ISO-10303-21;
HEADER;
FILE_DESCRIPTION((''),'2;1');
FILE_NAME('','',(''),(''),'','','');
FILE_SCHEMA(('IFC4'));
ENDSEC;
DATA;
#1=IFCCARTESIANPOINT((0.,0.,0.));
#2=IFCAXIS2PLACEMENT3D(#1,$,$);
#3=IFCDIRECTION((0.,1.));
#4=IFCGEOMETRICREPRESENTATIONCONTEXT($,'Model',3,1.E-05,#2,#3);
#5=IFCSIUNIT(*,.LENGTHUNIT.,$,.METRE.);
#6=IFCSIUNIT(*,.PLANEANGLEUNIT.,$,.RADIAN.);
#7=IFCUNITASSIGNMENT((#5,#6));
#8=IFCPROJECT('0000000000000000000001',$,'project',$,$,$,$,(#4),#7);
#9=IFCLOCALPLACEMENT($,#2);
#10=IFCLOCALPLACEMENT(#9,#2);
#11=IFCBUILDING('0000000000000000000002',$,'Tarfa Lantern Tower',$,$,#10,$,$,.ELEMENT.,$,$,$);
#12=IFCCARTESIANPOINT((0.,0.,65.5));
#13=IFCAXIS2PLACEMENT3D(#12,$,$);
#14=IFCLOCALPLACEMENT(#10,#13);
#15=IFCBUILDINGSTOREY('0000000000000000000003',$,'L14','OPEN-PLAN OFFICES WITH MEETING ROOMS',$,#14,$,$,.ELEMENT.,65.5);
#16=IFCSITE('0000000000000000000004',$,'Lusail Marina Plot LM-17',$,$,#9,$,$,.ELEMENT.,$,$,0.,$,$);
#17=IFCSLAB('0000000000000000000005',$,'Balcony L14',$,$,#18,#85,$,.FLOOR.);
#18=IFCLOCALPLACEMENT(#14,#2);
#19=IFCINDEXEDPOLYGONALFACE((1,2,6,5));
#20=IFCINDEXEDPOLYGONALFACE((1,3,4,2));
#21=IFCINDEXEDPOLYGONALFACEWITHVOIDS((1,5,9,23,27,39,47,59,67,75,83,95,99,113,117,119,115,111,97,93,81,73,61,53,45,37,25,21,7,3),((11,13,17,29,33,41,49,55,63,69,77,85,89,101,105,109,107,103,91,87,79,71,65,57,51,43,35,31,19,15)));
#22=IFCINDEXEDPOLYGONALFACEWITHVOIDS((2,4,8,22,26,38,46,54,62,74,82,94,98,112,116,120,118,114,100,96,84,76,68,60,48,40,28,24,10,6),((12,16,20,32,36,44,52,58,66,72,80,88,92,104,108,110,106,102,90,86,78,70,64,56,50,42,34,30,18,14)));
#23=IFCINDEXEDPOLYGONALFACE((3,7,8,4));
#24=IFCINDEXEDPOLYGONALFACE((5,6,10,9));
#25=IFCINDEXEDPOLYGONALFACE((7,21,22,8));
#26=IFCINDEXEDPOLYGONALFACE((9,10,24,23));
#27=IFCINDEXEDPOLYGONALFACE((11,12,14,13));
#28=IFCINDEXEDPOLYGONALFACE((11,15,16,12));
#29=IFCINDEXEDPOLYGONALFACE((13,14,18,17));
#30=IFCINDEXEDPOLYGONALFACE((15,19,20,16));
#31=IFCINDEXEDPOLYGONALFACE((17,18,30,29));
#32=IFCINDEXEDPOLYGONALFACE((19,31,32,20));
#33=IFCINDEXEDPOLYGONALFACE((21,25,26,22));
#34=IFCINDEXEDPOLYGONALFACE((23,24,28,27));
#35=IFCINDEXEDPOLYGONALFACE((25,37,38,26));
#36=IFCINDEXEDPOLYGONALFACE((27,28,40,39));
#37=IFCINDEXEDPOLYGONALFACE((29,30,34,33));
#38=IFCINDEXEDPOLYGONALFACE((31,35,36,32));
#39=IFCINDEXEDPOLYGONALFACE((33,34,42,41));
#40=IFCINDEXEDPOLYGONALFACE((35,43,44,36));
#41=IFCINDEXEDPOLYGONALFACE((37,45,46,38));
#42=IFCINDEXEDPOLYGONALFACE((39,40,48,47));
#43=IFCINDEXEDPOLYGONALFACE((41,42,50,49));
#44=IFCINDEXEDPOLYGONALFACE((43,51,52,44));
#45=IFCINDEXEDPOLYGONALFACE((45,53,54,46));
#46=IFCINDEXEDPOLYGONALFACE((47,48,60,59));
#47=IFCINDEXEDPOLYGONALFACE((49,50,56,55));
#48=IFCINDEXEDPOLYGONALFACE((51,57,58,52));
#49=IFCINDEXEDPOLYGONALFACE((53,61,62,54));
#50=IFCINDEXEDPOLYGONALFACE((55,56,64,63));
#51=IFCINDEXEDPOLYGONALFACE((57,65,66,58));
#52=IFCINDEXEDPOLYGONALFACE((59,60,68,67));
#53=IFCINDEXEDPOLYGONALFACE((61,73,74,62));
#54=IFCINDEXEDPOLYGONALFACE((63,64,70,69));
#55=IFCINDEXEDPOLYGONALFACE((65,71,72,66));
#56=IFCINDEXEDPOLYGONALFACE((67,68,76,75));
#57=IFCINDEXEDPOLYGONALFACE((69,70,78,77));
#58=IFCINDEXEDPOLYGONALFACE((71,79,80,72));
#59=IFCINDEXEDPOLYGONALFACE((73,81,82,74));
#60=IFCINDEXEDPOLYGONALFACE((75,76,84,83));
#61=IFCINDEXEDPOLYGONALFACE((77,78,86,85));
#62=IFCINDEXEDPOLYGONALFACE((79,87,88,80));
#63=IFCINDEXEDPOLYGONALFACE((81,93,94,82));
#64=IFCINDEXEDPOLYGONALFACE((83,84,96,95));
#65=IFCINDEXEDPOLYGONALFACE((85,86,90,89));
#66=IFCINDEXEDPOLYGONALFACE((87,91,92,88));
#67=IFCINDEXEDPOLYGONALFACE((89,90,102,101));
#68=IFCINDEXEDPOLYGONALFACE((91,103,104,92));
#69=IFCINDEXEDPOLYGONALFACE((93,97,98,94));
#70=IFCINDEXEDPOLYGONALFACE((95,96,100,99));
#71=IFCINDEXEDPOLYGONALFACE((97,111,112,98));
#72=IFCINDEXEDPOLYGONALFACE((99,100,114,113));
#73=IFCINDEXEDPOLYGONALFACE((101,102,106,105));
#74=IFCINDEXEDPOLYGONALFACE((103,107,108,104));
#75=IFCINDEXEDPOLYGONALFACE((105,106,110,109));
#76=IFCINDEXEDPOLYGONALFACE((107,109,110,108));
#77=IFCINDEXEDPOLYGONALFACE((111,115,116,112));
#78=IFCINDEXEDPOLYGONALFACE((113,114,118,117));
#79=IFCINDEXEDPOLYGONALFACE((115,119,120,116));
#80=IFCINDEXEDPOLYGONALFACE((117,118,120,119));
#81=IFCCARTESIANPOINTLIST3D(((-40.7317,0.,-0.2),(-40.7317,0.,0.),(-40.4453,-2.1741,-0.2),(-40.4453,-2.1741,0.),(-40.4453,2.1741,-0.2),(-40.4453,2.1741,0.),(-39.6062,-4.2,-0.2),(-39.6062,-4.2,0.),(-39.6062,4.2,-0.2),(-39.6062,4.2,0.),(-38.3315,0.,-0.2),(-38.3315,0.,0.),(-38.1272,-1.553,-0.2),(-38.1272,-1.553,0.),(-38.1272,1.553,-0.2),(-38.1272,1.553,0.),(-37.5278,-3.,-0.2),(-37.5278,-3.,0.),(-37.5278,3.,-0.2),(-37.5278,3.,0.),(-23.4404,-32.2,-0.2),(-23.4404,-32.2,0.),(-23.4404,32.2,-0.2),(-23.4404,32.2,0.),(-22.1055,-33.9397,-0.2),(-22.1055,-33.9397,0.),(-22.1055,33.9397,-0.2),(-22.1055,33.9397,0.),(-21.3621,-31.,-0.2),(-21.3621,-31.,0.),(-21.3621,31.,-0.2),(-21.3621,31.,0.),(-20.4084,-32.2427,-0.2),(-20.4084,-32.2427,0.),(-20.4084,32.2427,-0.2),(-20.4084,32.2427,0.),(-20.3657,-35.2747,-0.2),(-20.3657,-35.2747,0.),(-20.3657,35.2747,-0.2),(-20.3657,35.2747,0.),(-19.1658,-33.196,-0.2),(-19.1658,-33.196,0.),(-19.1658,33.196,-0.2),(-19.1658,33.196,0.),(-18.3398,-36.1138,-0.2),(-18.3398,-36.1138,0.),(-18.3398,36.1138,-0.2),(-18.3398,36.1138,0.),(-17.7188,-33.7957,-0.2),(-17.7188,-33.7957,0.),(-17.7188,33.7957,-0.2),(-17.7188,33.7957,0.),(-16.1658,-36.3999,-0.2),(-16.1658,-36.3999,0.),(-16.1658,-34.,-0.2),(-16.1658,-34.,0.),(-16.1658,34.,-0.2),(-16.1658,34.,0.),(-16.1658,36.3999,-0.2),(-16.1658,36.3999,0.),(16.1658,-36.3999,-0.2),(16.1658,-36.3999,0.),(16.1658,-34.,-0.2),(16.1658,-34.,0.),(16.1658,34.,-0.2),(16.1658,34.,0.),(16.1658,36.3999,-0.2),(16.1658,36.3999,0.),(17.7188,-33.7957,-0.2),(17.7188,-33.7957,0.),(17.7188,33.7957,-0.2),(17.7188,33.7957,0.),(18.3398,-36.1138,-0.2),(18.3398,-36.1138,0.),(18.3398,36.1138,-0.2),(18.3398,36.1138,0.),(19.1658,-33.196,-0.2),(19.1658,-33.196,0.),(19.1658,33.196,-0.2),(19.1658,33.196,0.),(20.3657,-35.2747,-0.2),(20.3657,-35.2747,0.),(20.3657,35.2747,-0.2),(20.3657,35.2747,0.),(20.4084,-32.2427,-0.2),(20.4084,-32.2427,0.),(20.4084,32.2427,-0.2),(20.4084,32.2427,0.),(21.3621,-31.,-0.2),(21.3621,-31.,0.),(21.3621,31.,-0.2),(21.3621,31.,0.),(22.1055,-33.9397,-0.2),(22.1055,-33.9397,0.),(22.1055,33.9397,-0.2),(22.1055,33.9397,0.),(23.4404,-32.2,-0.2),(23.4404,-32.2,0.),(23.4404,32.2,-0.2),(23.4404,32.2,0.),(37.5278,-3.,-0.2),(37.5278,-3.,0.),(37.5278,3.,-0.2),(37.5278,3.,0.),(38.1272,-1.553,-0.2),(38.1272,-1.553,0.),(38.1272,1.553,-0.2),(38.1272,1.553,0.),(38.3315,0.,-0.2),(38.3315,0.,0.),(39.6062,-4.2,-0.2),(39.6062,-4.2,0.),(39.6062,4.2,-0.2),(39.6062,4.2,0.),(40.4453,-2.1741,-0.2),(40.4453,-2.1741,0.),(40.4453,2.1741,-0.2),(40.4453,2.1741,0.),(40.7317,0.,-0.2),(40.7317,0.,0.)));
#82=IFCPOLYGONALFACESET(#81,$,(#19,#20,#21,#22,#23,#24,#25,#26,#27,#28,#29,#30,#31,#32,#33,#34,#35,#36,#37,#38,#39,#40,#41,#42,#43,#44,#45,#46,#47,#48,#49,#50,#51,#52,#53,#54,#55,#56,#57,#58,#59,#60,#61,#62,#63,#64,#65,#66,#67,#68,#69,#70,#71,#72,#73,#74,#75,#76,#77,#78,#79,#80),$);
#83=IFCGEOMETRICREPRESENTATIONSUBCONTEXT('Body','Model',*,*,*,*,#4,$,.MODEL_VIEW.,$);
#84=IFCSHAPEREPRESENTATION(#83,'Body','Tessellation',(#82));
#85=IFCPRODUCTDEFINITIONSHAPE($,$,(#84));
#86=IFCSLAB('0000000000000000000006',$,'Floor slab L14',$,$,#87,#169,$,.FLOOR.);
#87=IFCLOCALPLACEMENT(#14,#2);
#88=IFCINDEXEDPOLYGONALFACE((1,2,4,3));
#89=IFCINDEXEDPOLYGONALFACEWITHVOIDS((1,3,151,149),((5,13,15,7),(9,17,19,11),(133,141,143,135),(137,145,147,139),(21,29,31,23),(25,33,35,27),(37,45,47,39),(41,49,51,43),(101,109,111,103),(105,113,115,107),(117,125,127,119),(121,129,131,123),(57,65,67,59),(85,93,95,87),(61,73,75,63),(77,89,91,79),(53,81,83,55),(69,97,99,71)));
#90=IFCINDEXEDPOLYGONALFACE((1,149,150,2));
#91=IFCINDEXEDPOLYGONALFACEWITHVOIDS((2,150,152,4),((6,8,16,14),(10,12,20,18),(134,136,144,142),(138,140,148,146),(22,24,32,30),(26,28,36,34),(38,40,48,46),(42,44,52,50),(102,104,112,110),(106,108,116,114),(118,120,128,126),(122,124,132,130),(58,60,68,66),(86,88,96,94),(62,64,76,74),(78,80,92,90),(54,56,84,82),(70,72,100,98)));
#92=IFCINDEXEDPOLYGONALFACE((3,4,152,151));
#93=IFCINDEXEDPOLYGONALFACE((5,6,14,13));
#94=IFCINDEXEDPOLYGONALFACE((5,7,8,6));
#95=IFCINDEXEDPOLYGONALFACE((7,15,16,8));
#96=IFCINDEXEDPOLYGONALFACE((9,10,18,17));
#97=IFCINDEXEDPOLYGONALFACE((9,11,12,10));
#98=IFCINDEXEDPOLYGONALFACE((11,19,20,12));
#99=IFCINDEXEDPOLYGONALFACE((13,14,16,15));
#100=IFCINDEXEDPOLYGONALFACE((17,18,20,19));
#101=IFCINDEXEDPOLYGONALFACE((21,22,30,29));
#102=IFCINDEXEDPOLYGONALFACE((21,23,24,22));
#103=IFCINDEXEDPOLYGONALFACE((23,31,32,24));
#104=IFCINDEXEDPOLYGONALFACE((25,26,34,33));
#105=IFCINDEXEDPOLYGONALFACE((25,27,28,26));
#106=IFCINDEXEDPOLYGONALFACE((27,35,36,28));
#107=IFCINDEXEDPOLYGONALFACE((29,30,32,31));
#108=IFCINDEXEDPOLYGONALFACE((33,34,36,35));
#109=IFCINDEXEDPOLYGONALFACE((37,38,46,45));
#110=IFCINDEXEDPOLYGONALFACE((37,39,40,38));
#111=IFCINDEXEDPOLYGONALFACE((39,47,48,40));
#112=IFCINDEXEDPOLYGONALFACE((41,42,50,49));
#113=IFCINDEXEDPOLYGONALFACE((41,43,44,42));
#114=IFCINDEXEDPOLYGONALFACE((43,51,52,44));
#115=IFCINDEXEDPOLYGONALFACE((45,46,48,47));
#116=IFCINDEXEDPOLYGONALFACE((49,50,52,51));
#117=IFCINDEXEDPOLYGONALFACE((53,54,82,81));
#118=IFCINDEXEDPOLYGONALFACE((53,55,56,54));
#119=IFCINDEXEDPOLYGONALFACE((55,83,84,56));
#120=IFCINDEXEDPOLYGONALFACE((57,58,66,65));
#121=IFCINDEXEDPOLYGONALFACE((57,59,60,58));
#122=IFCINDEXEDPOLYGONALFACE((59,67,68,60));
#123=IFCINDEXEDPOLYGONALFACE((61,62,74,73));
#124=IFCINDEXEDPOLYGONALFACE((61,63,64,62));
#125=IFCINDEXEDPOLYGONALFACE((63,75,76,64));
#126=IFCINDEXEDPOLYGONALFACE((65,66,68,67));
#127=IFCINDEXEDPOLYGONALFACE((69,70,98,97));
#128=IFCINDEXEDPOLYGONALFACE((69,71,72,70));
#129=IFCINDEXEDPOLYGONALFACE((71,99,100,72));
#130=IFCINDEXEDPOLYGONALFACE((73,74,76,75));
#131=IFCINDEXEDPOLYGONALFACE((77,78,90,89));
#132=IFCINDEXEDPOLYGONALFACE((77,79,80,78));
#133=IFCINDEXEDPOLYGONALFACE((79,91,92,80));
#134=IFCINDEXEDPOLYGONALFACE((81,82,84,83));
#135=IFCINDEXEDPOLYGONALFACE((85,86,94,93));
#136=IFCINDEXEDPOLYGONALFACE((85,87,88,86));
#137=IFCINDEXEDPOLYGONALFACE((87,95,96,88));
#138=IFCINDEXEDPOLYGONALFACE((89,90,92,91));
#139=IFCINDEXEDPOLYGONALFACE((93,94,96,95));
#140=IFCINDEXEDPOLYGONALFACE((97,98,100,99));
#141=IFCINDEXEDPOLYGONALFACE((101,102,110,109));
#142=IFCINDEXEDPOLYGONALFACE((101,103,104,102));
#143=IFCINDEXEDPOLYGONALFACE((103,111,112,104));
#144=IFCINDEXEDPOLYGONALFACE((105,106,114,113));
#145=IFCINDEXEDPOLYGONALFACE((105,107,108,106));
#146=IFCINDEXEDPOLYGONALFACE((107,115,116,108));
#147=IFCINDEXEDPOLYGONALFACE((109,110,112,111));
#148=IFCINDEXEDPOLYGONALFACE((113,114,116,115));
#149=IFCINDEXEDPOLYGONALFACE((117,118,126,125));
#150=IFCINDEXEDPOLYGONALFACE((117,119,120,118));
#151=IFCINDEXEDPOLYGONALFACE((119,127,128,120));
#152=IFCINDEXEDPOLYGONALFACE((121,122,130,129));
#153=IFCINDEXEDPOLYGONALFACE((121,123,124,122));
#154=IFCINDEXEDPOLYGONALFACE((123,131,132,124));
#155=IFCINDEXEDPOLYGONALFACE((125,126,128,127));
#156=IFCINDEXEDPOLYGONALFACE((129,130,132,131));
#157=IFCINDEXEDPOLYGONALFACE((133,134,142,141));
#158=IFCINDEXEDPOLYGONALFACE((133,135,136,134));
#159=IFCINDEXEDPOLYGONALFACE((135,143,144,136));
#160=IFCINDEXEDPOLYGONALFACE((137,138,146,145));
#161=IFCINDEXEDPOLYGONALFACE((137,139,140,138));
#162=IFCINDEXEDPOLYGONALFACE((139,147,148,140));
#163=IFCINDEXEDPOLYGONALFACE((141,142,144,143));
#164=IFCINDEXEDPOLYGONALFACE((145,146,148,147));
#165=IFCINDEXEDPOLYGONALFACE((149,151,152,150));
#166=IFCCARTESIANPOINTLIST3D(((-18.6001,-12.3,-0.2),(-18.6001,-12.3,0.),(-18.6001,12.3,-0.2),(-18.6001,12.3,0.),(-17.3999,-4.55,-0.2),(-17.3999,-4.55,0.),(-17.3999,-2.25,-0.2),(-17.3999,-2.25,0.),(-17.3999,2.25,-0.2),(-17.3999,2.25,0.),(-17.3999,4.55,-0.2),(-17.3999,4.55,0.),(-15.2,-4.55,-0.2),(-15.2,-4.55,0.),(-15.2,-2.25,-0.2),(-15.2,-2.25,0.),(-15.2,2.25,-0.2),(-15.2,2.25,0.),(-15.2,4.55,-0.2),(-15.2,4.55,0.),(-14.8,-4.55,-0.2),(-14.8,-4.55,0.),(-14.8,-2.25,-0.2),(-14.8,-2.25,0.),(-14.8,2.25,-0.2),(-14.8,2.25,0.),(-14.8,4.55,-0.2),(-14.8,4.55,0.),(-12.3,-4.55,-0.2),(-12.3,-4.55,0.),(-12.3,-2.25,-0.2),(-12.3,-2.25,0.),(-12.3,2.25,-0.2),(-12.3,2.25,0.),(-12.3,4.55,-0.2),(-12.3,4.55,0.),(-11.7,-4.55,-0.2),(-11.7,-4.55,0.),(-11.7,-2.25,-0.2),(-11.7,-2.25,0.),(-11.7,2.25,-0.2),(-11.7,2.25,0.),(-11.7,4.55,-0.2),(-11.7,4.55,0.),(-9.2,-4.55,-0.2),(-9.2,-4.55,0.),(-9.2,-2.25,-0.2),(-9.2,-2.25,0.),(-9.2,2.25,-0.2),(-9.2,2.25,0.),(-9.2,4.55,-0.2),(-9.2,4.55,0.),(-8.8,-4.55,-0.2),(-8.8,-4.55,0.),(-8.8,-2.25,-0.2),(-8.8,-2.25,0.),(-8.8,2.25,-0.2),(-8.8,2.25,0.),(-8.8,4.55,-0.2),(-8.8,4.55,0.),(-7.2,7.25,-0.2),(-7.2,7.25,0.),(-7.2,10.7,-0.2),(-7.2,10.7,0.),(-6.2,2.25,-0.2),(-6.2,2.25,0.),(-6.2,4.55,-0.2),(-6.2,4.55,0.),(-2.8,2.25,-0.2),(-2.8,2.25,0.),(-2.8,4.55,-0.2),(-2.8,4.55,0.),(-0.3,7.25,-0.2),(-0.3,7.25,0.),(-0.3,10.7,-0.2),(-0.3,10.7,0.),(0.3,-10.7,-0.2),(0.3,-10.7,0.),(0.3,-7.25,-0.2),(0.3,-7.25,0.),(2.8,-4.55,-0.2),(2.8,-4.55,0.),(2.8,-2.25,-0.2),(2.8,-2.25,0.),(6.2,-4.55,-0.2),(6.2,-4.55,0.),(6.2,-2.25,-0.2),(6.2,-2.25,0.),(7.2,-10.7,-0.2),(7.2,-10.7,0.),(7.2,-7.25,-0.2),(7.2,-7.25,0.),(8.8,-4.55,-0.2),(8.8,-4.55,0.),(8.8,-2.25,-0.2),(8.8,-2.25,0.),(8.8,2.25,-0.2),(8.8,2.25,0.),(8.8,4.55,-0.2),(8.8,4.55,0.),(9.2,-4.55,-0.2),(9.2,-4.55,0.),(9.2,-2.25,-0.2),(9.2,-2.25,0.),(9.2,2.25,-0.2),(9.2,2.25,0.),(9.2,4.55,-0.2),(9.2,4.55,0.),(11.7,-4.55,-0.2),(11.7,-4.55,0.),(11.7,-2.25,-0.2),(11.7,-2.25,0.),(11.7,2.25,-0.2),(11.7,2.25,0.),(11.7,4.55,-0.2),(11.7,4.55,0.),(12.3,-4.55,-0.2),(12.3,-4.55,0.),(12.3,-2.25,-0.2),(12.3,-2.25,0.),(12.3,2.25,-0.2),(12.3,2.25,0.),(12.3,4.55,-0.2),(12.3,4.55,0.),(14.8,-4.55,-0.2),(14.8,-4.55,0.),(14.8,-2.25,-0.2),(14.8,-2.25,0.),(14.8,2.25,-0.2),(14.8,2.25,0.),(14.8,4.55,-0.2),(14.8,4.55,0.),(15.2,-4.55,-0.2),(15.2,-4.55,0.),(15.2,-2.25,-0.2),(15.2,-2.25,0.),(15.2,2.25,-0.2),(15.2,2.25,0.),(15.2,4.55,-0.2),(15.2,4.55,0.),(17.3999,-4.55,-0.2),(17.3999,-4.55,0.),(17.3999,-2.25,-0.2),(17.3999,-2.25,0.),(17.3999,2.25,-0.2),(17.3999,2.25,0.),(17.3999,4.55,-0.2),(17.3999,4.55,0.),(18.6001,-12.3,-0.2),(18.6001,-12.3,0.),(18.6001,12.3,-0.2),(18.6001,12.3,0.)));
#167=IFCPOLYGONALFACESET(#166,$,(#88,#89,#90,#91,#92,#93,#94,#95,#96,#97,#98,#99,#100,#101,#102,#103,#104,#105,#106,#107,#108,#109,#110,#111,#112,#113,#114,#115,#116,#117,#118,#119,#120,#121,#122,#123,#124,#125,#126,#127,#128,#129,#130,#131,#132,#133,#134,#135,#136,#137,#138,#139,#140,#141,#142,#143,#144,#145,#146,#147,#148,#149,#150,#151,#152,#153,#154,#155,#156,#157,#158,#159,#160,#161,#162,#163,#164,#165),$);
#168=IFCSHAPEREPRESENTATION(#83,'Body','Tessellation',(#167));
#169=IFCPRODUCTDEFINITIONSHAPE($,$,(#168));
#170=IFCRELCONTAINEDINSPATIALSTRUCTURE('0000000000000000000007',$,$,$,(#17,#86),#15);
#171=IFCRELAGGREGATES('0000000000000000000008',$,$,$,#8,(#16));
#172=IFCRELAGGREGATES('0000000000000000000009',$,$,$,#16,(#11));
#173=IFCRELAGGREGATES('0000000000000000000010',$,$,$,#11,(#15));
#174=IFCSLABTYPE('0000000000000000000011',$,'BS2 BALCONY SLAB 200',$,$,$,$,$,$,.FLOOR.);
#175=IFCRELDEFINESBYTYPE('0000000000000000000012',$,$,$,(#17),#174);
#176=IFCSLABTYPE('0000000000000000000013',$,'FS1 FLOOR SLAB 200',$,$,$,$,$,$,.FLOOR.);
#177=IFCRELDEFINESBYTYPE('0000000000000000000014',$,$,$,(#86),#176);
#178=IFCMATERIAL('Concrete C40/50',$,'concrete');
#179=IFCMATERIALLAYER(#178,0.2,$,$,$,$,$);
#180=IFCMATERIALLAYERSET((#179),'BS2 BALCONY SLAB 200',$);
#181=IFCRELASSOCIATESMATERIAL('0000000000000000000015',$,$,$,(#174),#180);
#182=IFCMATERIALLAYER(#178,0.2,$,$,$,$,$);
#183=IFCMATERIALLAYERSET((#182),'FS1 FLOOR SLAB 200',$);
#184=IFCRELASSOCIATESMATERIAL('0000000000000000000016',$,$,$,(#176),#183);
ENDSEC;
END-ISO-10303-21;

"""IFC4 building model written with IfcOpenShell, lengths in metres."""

from ifc_helpers import new_model, si_unit, direction, frame, origin, place, context, subcontext, project, spatial, polyline, outline, extrude, material, layer, layer_set, type_object, element, save


model = new_model("IFC4")

# Units and contexts
model_context = context("Model", 3, precision=1e-05, world=origin(), true_north=direction((0.0, 1.0)))
body_context = subcontext(model_context, "Body", "Model", "MODEL_VIEW")
ifc_project = project(units=[si_unit("LENGTHUNIT", "METRE"), si_unit("PLANEANGLEUNIT", "RADIAN")], contexts=[model_context])

# Site, building, storey
site_placement = place(None, origin())
site = spatial("IfcSite", under=ifc_project, at=site_placement, Name="Lusail Marina Plot LM-17", CompositionType="ELEMENT", RefElevation=0.0)
building_placement = place(site_placement, origin())
building = spatial("IfcBuilding", under=site, at=building_placement, Name="Tarfa Lantern Tower", CompositionType="ELEMENT")
storey_placement = place(building_placement, frame((0.0, 0.0, 65.5)))
storey = spatial("IfcBuildingStorey", under=building, at=storey_placement, Name="L14", Description="OPEN-PLAN OFFICES WITH MEETING ROOMS", CompositionType="ELEMENT", Elevation=65.5)

# Slabs
ifc_material_1 = material(Name="Concrete C40/50", Category="concrete")
ifc_layer_1 = layer(ifc_material_1, 0.2)
ifc_layer_set_1 = layer_set([ifc_layer_1], Name="BS2 BALCONY SLAB 200")
slab_type_1 = type_object("IfcSlabType", Name="BS2 BALCONY SLAB 200", PredefinedType="FLOOR", material=ifc_layer_set_1)
slab_1_placement = place(storey_placement, frame((0.0, 0.0, -0.2)))
element("IfcSlab", 1, at=slab_1_placement, inside=storey, type_object=slab_type_1, Name="Balcony L14", PredefinedType="FLOOR", context=body_context, shape_type="SweptSolid", body=[
    extrude(outline(polyline([(39.6062, 4.2), (23.4404, 32.2), (22.1055, 33.9397), (20.3657, 35.2747), (18.3398, 36.1138), (16.1658, 36.3999), (-16.1658, 36.3999), (-18.3398, 36.1138), (-20.3657, 35.2747), (-22.1055, 33.9397), (-23.4404, 32.2), (-39.6062, 4.2), (-40.4453, 2.1741), (-40.7317, 0.0), (-40.4453, -2.1741), (-39.6062, -4.2), (-23.4404, -32.2), (-22.1055, -33.9397), (-20.3657, -35.2747), (-18.3398, -36.1138), (-16.1658, -36.3999), (16.1658, -36.3999), (18.3398, -36.1138), (20.3657, -35.2747), (22.1055, -33.9397), (23.4404, -32.2), (39.6062, -4.2), (40.4453, -2.1741), (40.7317, 0.0), (40.4453, 2.1741), (39.6062, 4.2)]), holes=[polyline([(37.5278, 3.0), (21.3621, 31.0), (20.4084, 32.2427), (19.1658, 33.196), (17.7188, 33.7957), (16.1658, 34.0), (-16.1658, 34.0), (-17.7188, 33.7957), (-19.1658, 33.196), (-20.4084, 32.2427), (-21.3621, 31.0), (-37.5278, 3.0), (-38.1272, 1.553), (-38.3315, 0.0), (-38.1272, -1.553), (-37.5278, -3.0), (-21.3621, -31.0), (-20.4084, -32.2427), (-19.1658, -33.196), (-17.7188, -33.7957), (-16.1658, -34.0), (16.1658, -34.0), (17.7188, -33.7957), (19.1658, -33.196), (20.4084, -32.2427), (21.3621, -31.0), (37.5278, -3.0), (38.1272, -1.553), (38.3315, 0.0), (38.1272, 1.553), (37.5278, 3.0)])]), origin(), (0.0, 0.0, 1.0), 0.2),
])
ifc_layer_2 = layer(ifc_material_1, 0.2)
ifc_layer_set_2 = layer_set([ifc_layer_2], Name="FS1 FLOOR SLAB 200")
slab_type_2 = type_object("IfcSlabType", Name="FS1 FLOOR SLAB 200", PredefinedType="FLOOR", material=ifc_layer_set_2)
slab_2_placement = place(storey_placement, frame((0.0, 0.0, -0.2)))
element("IfcSlab", 2, at=slab_2_placement, inside=storey, type_object=slab_type_2, Name="Floor slab L14", PredefinedType="FLOOR", context=body_context, shape_type="SweptSolid", body=[
    extrude(outline(polyline([(-18.6001, -12.3), (18.6001, -12.3), (18.6001, 12.3), (-18.6001, 12.3), (-18.6001, -12.3)]), holes=[polyline([(-17.3999, 2.25), (-15.2, 2.25), (-15.2, 4.55), (-17.3999, 4.55), (-17.3999, 2.25)]), polyline([(-14.8, 2.25), (-12.3, 2.25), (-12.3, 4.55), (-14.8, 4.55), (-14.8, 2.25)]), polyline([(-11.7, 2.25), (-9.2, 2.25), (-9.2, 4.55), (-11.7, 4.55), (-11.7, 2.25)]), polyline([(-8.8, 2.25), (-6.2, 2.25), (-6.2, 4.55), (-8.8, 4.55), (-8.8, 2.25)]), polyline([(-2.8, 2.25), (8.8, 2.25), (8.8, 4.55), (-2.8, 4.55), (-2.8, 2.25)]), polyline([(9.2, 2.25), (11.7, 2.25), (11.7, 4.55), (9.2, 4.55), (9.2, 2.25)]), polyline([(12.3, 2.25), (14.8, 2.25), (14.8, 4.55), (12.3, 4.55), (12.3, 2.25)]), polyline([(15.2, 2.25), (17.3999, 2.25), (17.3999, 4.55), (15.2, 4.55), (15.2, 2.25)]), polyline([(17.3999, -2.25), (15.2, -2.25), (15.2, -4.55), (17.3999, -4.55), (17.3999, -2.25)]), polyline([(14.8, -2.25), (12.3, -2.25), (12.3, -4.55), (14.8, -4.55), (14.8, -2.25)]), polyline([(11.7, -2.25), (9.2, -2.25), (9.2, -4.55), (11.7, -4.55), (11.7, -2.25)]), polyline([(8.8, -2.25), (6.2, -2.25), (6.2, -4.55), (8.8, -4.55), (8.8, -2.25)]), polyline([(2.8, -2.25), (-8.8, -2.25), (-8.8, -4.55), (2.8, -4.55), (2.8, -2.25)]), polyline([(-9.2, -2.25), (-11.7, -2.25), (-11.7, -4.55), (-9.2, -4.55), (-9.2, -2.25)]), polyline([(-12.3, -2.25), (-14.8, -2.25), (-14.8, -4.55), (-12.3, -4.55), (-12.3, -2.25)]), polyline([(-15.2, -2.25), (-17.3999, -2.25), (-17.3999, -4.55), (-15.2, -4.55), (-15.2, -2.25)]), polyline([(-7.2, 7.25), (-0.3, 7.25), (-0.3, 10.7), (-7.2, 10.7), (-7.2, 7.25)]), polyline([(7.2, -7.25), (0.3, -7.25), (0.3, -10.7), (7.2, -10.7), (7.2, -7.25)])]), origin(), (0.0, 0.0, 1.0), 0.2),
])

save(model, "model.ifc")
